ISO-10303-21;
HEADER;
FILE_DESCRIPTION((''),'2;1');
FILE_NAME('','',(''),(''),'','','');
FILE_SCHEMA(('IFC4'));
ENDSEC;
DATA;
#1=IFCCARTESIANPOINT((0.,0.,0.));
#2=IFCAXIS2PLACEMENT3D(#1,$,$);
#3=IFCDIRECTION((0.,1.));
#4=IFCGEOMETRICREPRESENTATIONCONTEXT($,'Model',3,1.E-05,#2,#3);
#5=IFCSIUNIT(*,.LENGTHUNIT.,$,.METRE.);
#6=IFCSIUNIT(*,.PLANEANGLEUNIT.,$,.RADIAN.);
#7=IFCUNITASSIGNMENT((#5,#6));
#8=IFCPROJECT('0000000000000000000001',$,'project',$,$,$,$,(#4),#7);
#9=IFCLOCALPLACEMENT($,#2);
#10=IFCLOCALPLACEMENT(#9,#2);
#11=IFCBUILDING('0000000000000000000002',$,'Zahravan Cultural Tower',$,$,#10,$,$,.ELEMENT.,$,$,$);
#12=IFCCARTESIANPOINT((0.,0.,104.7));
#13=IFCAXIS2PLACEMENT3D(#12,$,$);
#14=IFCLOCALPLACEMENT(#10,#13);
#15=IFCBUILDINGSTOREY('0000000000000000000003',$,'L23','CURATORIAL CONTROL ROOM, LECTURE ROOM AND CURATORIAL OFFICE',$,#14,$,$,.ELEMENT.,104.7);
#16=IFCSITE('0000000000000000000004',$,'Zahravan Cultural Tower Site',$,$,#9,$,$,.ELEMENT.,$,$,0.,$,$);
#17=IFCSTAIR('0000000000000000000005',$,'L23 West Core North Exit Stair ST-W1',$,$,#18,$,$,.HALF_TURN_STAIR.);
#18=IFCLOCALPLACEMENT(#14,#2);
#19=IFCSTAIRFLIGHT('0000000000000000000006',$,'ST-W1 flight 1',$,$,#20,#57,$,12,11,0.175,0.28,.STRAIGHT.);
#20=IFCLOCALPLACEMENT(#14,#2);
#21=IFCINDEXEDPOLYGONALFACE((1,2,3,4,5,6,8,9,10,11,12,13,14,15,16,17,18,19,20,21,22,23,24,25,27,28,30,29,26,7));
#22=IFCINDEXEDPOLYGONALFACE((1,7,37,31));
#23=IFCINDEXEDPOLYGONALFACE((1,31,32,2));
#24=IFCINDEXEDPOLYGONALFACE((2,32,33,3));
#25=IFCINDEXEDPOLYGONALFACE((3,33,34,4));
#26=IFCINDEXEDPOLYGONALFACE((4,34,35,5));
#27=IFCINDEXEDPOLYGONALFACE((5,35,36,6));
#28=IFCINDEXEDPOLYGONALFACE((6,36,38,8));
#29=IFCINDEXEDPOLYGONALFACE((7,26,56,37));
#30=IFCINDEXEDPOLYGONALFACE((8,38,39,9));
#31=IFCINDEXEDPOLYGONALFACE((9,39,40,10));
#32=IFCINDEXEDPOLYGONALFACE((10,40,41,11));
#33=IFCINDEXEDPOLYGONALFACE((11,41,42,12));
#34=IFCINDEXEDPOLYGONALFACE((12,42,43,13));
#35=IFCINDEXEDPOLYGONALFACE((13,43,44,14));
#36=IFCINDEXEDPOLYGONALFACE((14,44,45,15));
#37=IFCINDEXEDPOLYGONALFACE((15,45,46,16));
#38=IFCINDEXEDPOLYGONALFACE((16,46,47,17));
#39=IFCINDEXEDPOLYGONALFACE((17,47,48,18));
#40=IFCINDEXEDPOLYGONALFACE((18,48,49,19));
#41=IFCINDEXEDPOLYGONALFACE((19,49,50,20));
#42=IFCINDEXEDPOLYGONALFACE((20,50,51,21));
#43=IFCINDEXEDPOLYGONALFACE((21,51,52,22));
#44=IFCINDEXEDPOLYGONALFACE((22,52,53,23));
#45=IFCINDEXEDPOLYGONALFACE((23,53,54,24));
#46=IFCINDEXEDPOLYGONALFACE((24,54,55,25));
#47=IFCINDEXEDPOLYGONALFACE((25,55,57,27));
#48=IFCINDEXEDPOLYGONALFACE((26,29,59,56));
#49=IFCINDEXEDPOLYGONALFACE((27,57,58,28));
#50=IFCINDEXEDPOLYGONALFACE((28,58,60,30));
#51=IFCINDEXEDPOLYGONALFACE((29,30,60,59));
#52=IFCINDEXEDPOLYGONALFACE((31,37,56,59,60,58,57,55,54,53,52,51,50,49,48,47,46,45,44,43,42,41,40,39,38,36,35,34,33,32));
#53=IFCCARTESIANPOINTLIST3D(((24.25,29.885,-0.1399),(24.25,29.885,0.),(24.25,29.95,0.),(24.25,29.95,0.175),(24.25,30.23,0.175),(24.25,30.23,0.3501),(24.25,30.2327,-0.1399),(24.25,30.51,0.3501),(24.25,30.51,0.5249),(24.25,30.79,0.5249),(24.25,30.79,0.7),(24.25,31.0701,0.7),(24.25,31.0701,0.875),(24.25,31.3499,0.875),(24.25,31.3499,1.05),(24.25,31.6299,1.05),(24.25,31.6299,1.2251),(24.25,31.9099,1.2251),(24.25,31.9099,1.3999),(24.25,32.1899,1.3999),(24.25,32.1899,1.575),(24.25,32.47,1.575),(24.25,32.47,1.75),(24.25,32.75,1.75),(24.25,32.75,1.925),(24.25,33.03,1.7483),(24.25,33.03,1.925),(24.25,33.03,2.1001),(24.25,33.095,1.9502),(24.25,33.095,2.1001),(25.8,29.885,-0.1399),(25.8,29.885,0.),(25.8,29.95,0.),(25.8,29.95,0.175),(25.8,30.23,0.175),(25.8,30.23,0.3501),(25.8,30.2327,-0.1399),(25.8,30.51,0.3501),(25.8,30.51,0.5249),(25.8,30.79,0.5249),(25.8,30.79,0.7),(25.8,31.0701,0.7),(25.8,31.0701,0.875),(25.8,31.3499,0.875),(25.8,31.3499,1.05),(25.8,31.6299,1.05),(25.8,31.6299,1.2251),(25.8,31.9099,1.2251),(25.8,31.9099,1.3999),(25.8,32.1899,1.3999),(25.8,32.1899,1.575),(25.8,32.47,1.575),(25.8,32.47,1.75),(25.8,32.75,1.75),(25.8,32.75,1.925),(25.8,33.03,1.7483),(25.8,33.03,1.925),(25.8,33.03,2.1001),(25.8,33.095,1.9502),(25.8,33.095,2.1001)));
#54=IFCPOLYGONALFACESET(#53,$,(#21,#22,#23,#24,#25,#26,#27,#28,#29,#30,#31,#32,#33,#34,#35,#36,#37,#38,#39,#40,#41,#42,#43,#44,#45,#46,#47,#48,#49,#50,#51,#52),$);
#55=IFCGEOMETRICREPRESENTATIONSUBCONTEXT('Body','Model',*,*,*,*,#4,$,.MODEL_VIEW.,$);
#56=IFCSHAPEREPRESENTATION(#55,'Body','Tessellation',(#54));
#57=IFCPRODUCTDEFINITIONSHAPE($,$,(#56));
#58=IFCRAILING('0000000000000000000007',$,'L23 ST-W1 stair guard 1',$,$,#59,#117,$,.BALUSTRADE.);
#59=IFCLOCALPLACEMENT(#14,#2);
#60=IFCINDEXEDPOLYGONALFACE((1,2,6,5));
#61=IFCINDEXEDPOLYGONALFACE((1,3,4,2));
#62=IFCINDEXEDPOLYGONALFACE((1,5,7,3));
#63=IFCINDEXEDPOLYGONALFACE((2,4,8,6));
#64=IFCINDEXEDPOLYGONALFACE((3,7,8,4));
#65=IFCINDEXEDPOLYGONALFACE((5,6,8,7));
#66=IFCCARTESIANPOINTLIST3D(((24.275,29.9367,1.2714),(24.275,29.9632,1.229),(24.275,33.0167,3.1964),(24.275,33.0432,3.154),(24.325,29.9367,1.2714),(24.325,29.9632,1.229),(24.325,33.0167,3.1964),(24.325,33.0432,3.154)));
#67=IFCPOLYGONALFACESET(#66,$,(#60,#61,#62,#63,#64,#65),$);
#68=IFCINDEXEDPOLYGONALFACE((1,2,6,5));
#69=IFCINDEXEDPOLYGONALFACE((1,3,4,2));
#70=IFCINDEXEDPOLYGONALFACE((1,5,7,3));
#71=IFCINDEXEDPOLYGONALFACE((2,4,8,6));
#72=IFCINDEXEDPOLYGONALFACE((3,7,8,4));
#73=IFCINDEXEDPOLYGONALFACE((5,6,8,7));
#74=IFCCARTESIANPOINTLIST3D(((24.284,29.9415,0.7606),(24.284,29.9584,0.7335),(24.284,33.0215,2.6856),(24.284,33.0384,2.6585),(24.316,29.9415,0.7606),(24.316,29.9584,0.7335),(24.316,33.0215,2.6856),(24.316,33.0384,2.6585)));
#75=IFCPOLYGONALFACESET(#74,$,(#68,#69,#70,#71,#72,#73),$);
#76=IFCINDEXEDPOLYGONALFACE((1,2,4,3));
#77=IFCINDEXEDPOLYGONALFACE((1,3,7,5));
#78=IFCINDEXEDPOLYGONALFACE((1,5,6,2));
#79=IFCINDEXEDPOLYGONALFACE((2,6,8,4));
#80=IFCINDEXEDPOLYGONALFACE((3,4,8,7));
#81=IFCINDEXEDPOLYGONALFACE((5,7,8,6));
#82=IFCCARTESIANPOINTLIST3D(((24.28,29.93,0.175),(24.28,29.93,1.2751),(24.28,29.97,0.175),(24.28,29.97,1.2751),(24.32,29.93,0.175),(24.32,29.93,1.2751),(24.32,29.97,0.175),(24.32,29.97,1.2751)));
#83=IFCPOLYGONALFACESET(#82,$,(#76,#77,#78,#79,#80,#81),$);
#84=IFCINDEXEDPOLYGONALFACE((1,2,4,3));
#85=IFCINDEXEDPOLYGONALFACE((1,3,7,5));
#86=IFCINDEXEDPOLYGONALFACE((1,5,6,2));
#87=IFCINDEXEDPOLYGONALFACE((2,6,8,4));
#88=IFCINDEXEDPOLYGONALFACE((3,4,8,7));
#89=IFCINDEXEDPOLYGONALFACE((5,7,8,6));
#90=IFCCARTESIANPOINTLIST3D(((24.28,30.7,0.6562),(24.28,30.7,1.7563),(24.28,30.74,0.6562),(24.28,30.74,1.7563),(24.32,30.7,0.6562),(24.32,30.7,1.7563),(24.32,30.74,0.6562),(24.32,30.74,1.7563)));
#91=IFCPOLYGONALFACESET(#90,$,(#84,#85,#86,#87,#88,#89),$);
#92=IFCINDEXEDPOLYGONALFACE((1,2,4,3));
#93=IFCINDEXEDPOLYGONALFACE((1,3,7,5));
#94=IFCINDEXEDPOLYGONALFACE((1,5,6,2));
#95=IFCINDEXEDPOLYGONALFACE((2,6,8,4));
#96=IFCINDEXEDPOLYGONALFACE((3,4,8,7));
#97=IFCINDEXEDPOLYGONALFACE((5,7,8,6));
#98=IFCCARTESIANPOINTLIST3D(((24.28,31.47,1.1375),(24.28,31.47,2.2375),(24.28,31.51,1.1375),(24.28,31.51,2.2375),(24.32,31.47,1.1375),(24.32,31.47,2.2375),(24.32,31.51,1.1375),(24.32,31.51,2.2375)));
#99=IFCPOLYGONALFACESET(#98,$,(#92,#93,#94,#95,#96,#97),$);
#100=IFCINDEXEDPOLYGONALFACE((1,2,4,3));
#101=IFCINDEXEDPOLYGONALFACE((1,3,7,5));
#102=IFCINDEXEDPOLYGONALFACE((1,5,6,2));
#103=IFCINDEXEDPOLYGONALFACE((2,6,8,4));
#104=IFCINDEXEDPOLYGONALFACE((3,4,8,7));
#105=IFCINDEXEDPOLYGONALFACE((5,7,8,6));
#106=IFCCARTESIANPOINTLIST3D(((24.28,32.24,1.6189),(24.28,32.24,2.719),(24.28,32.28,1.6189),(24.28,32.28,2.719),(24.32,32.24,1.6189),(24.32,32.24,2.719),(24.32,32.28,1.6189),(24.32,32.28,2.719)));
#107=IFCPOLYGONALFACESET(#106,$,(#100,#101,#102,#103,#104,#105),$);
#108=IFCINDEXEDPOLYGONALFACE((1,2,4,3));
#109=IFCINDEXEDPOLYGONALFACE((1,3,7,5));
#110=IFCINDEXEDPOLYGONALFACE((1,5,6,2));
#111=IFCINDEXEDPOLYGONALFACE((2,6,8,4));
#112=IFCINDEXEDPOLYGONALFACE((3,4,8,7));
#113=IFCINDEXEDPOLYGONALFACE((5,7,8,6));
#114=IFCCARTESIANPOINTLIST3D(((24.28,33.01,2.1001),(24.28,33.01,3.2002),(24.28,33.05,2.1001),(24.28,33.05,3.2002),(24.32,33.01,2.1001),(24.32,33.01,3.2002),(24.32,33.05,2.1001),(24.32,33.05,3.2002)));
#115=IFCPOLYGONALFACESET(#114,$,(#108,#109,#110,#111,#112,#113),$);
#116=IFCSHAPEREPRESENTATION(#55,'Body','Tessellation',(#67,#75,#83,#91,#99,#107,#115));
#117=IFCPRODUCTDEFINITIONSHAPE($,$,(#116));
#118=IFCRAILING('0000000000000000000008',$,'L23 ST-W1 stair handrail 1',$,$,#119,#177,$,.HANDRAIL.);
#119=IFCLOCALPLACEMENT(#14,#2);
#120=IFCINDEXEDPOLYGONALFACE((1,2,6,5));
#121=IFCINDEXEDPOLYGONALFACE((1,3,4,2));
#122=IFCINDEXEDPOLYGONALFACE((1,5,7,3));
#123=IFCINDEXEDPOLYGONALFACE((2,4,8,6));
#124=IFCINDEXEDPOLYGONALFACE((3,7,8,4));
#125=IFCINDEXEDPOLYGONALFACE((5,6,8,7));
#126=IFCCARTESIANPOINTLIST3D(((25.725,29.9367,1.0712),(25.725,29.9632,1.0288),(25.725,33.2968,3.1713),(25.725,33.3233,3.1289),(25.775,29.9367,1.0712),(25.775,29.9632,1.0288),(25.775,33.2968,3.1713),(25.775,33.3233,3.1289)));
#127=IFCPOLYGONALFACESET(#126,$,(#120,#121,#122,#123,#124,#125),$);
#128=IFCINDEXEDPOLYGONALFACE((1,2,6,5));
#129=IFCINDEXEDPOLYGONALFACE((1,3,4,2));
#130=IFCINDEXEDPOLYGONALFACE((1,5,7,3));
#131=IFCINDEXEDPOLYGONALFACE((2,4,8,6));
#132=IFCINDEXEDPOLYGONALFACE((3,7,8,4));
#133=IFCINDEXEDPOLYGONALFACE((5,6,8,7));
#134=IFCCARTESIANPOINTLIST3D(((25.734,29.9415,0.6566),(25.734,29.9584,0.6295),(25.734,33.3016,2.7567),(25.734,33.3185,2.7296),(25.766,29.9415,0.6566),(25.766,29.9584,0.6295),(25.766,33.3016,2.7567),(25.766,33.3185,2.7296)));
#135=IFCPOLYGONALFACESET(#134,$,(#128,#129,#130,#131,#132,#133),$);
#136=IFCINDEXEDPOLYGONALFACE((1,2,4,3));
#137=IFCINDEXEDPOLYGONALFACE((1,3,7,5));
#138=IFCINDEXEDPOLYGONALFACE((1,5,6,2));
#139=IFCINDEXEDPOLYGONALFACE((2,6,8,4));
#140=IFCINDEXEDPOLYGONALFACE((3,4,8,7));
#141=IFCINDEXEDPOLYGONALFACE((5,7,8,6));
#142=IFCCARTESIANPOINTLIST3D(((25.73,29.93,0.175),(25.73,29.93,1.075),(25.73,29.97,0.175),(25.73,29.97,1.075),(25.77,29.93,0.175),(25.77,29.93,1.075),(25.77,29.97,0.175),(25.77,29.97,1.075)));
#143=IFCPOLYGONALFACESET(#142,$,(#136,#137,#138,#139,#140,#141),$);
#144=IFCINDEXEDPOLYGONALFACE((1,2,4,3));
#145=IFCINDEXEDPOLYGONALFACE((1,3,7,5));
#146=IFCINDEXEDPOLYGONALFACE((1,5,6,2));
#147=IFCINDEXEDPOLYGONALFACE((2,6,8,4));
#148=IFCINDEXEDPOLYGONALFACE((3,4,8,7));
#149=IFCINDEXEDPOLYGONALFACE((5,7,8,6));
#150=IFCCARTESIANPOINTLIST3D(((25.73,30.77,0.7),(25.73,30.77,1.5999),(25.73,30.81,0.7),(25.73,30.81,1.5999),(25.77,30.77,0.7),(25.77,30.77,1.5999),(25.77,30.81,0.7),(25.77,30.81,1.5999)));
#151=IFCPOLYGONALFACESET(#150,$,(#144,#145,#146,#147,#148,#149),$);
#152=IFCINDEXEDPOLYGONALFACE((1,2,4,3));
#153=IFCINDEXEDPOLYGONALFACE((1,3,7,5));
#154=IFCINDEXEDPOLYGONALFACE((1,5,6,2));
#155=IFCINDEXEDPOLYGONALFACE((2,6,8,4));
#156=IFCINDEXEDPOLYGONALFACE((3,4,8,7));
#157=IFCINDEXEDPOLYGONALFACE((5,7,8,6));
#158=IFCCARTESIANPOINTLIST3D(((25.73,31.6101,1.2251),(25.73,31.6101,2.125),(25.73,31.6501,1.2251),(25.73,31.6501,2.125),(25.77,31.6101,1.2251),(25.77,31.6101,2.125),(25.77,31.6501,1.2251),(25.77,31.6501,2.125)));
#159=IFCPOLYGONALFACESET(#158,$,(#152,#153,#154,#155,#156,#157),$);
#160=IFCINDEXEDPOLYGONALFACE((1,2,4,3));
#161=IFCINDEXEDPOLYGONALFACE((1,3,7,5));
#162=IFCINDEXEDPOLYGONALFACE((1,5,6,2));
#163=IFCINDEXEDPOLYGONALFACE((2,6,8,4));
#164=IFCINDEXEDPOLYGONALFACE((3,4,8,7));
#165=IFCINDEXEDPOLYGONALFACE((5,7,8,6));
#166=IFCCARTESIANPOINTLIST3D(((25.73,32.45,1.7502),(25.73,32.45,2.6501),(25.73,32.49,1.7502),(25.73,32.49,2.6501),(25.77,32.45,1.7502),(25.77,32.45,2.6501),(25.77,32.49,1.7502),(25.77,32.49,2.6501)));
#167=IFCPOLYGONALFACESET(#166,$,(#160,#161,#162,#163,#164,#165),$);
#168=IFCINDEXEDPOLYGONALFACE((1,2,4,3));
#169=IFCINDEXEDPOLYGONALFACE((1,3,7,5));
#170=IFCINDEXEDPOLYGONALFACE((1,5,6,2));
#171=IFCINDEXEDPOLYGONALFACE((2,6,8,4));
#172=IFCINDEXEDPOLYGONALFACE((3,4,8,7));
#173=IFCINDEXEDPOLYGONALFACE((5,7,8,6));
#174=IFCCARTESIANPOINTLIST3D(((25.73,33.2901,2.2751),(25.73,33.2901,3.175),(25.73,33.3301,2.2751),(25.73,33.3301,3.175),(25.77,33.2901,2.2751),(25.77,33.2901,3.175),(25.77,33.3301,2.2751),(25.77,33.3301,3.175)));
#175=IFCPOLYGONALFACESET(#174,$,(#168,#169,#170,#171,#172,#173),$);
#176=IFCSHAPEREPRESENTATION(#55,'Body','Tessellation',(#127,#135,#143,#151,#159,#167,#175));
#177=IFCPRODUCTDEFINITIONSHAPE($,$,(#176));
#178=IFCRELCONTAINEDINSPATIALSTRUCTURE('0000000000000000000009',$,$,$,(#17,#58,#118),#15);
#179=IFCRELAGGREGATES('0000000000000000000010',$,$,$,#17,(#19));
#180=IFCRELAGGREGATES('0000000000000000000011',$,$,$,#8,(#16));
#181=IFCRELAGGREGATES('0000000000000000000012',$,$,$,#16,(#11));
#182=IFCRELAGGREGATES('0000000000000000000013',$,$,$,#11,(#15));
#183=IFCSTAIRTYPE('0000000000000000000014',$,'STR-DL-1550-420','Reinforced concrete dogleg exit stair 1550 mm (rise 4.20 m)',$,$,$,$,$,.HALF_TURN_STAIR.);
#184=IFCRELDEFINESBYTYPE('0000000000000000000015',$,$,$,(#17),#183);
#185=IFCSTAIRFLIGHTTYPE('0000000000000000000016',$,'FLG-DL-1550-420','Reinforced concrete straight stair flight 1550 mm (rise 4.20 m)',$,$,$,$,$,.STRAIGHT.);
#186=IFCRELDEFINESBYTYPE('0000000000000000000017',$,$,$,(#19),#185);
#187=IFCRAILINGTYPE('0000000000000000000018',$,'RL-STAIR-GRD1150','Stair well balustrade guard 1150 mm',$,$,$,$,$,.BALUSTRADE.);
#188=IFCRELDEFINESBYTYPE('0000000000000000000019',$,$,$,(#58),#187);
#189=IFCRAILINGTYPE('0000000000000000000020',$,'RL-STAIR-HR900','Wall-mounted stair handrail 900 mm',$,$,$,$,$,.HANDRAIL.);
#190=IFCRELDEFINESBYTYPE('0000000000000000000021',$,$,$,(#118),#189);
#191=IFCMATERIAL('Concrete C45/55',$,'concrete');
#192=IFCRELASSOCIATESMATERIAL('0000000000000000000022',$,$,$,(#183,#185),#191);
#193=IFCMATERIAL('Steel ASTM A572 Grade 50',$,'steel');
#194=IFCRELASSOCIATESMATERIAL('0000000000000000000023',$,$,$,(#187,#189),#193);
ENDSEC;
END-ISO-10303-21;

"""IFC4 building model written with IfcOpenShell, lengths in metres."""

from ifc_helpers import new_model, si_unit, direction, frame, origin, origin_2d, place, context, subcontext, project, spatial, polyline, rectangle, outline, extrude, material, type_object, element, aggregate, save


model = new_model("IFC4")

# Units and contexts
model_context = context("Model", 3, precision=1e-05, world=origin(), true_north=direction((0.0, 1.0)))
body_context = subcontext(model_context, "Body", "Model", "MODEL_VIEW")
ifc_project = project(units=[si_unit("LENGTHUNIT", "METRE"), si_unit("PLANEANGLEUNIT", "RADIAN")], contexts=[model_context])

# Site, building, storey
site_placement = place(None, origin())
site = spatial("IfcSite", under=ifc_project, at=site_placement, Name="Zahravan Cultural Tower Site", CompositionType="ELEMENT", RefElevation=0.0)
building_placement = place(site_placement, origin())
building = spatial("IfcBuilding", under=site, at=building_placement, Name="Zahravan Cultural Tower", CompositionType="ELEMENT")
storey_placement = place(building_placement, frame((0.0, 0.0, 104.7)))
storey = spatial("IfcBuildingStorey", under=building, at=storey_placement, Name="L23", Description="CURATORIAL CONTROL ROOM, LECTURE ROOM AND CURATORIAL OFFICE", CompositionType="ELEMENT", Elevation=104.7)

# Shared definitions
ifc_material_1 = material(Name="Steel ASTM A572 Grade 50", Category="steel")
ifc_material_2 = material(Name="Concrete C45/55", Category="concrete")

# Stair, stair flight
stair_type = type_object("IfcStairType", Name="STR-DL-1550-420", Description="Reinforced concrete dogleg exit stair 1550 mm (rise 4.20 m)", PredefinedType="HALF_TURN_STAIR", material=ifc_material_2)
stair_placement = place(storey_placement, origin())
stair = element("IfcStair", 1, at=stair_placement, inside=storey, type_object=stair_type, Name="L23 West Core North Exit Stair ST-W1", PredefinedType="HALF_TURN_STAIR")
stair_flight_type = type_object("IfcStairFlightType", Name="FLG-DL-1550-420", Description="Reinforced concrete straight stair flight 1550 mm (rise 4.20 m)", PredefinedType="STRAIGHT", material=ifc_material_2)
stair_flight_placement = place(storey_placement, frame((25.0249, 29.95, 0.0), z_axis=(0.0, 0.0, 1.0), x_axis=(0.0, 1.0, 0.0)))
stair_flight = element("IfcStairFlight", 2, at=stair_flight_placement, type_object=stair_flight_type, Name="ST-W1 flight 1", NumberOfRisers=12, NumberOfTreads=11, PredefinedType="STRAIGHT", RiserHeight=0.175, TreadLength=0.28, context=body_context, shape_type="SweptSolid", body=[
    extrude(outline(polyline([(-0.0649, -0.1399), (-0.0649, 0.0), (0.0, 0.0), (0.0, 0.175), (0.28, 0.175), (0.28, 0.3501), (0.5601, 0.3501), (0.5601, 0.5249), (0.8401, 0.5249), (0.8401, 0.7), (1.1201, 0.7), (1.1201, 0.875), (1.3999, 0.875), (1.3999, 1.05), (1.6799, 1.05), (1.6799, 1.2251), (1.96, 1.2251), (1.96, 1.3999), (2.24, 1.3999), (2.24, 1.575), (2.52, 1.575), (2.52, 1.75), (2.8, 1.75), (2.8, 1.925), (3.0801, 1.925), (3.0801, 2.1001), (3.145, 2.1001), (3.145, 1.9502), (3.0801, 1.7483), (0.2827, -0.1399), (-0.0649, -0.1399)])), frame((0.0, 0.7749, 0.0), z_axis=(0.0, -1.0, 0.0), x_axis=(1.0, 0.0, 0.0)), (0.0, 0.0, 1.0), 1.55),
])
aggregate(stair, [stair_flight])

# Railings
railing_type_1 = type_object("IfcRailingType", Name="RL-STAIR-GRD1150", Description="Stair well balustrade guard 1150 mm", PredefinedType="BALUSTRADE", material=ifc_material_1)
railing_1_placement = place(storey_placement, frame((24.3, 29.95, 0.175)))
element("IfcRailing", 3, at=railing_1_placement, inside=storey, type_object=railing_type_1, Name="L23 ST-W1 stair guard 1", PredefinedType="BALUSTRADE", context=body_context, shape_type="SweptSolid", body=[
    extrude(rectangle(XDim=0.05, YDim=0.05, at=origin_2d()), frame((0.0, 0.0, 1.0752), z_axis=(0.0, 0.847998, 0.529999), x_axis=(-1.0, 0.0, 0.0)), (0.0, 0.0, 1.0), 3.6321),
    extrude(rectangle(XDim=0.032, YDim=0.032, at=origin_2d()), frame((0.0, 0.0, 0.572), z_axis=(0.0, 0.847998, 0.529999), x_axis=(-1.0, 0.0, 0.0)), (0.0, 0.0, 1.0), 3.6321),
    extrude(rectangle(XDim=0.04, YDim=0.04, at=origin_2d()), origin(), (0.0, 0.0, 1.0), 1.1001),
    extrude(rectangle(XDim=0.04, YDim=0.04, at=origin_2d()), frame((0.0, 0.77, 0.4812)), (0.0, 0.0, 1.0), 1.1001),
    extrude(rectangle(XDim=0.04, YDim=0.04, at=origin_2d()), frame((0.0, 1.54, 0.9624)), (0.0, 0.0, 1.0), 1.1001),
    extrude(rectangle(XDim=0.04, YDim=0.04, at=origin_2d()), frame((0.0, 2.3101, 1.4438)), (0.0, 0.0, 1.0), 1.1001),
    extrude(rectangle(XDim=0.04, YDim=0.04, at=origin_2d()), frame((0.0, 3.0801, 1.925)), (0.0, 0.0, 1.0), 1.1001),
])
railing_type_2 = type_object("IfcRailingType", Name="RL-STAIR-HR900", Description="Wall-mounted stair handrail 900 mm", PredefinedType="HANDRAIL", material=ifc_material_1)
railing_2_placement = place(storey_placement, frame((25.75, 29.95, 0.175)))
element("IfcRailing", 4, at=railing_2_placement, inside=storey, type_object=railing_type_2, Name="L23 ST-W1 stair handrail 1", PredefinedType="HANDRAIL", context=body_context, shape_type="SweptSolid", body=[
    extrude(rectangle(XDim=0.05, YDim=0.05, at=origin_2d()), frame((0.0, 0.0, 0.875), z_axis=(0.0, 0.847995, 0.530004), x_axis=(-1.0, 0.0, 0.0)), (0.0, 0.0, 1.0), 3.9624),
    extrude(rectangle(XDim=0.032, YDim=0.032, at=origin_2d()), frame((0.0, 0.0, 0.468), z_axis=(0.0, 0.847995, 0.530004), x_axis=(-1.0, 0.0, 0.0)), (0.0, 0.0, 1.0), 3.9624),
    extrude(rectangle(XDim=0.04, YDim=0.04, at=origin_2d()), origin(), (0.0, 0.0, 1.0), 0.8999),
    extrude(rectangle(XDim=0.04, YDim=0.04, at=origin_2d()), frame((0.0, 0.8401, 0.5249)), (0.0, 0.0, 1.0), 0.8999),
    extrude(rectangle(XDim=0.04, YDim=0.04, at=origin_2d()), frame((0.0, 1.6802, 1.05)), (0.0, 0.0, 1.0), 0.8999),
    extrude(rectangle(XDim=0.04, YDim=0.04, at=origin_2d()), frame((0.0, 2.52, 1.5752)), (0.0, 0.0, 1.0), 0.8999),
    extrude(rectangle(XDim=0.04, YDim=0.04, at=origin_2d()), frame((0.0, 3.3601, 2.1001)), (0.0, 0.0, 1.0), 0.8999),
])

save(model, "model.ifc")
